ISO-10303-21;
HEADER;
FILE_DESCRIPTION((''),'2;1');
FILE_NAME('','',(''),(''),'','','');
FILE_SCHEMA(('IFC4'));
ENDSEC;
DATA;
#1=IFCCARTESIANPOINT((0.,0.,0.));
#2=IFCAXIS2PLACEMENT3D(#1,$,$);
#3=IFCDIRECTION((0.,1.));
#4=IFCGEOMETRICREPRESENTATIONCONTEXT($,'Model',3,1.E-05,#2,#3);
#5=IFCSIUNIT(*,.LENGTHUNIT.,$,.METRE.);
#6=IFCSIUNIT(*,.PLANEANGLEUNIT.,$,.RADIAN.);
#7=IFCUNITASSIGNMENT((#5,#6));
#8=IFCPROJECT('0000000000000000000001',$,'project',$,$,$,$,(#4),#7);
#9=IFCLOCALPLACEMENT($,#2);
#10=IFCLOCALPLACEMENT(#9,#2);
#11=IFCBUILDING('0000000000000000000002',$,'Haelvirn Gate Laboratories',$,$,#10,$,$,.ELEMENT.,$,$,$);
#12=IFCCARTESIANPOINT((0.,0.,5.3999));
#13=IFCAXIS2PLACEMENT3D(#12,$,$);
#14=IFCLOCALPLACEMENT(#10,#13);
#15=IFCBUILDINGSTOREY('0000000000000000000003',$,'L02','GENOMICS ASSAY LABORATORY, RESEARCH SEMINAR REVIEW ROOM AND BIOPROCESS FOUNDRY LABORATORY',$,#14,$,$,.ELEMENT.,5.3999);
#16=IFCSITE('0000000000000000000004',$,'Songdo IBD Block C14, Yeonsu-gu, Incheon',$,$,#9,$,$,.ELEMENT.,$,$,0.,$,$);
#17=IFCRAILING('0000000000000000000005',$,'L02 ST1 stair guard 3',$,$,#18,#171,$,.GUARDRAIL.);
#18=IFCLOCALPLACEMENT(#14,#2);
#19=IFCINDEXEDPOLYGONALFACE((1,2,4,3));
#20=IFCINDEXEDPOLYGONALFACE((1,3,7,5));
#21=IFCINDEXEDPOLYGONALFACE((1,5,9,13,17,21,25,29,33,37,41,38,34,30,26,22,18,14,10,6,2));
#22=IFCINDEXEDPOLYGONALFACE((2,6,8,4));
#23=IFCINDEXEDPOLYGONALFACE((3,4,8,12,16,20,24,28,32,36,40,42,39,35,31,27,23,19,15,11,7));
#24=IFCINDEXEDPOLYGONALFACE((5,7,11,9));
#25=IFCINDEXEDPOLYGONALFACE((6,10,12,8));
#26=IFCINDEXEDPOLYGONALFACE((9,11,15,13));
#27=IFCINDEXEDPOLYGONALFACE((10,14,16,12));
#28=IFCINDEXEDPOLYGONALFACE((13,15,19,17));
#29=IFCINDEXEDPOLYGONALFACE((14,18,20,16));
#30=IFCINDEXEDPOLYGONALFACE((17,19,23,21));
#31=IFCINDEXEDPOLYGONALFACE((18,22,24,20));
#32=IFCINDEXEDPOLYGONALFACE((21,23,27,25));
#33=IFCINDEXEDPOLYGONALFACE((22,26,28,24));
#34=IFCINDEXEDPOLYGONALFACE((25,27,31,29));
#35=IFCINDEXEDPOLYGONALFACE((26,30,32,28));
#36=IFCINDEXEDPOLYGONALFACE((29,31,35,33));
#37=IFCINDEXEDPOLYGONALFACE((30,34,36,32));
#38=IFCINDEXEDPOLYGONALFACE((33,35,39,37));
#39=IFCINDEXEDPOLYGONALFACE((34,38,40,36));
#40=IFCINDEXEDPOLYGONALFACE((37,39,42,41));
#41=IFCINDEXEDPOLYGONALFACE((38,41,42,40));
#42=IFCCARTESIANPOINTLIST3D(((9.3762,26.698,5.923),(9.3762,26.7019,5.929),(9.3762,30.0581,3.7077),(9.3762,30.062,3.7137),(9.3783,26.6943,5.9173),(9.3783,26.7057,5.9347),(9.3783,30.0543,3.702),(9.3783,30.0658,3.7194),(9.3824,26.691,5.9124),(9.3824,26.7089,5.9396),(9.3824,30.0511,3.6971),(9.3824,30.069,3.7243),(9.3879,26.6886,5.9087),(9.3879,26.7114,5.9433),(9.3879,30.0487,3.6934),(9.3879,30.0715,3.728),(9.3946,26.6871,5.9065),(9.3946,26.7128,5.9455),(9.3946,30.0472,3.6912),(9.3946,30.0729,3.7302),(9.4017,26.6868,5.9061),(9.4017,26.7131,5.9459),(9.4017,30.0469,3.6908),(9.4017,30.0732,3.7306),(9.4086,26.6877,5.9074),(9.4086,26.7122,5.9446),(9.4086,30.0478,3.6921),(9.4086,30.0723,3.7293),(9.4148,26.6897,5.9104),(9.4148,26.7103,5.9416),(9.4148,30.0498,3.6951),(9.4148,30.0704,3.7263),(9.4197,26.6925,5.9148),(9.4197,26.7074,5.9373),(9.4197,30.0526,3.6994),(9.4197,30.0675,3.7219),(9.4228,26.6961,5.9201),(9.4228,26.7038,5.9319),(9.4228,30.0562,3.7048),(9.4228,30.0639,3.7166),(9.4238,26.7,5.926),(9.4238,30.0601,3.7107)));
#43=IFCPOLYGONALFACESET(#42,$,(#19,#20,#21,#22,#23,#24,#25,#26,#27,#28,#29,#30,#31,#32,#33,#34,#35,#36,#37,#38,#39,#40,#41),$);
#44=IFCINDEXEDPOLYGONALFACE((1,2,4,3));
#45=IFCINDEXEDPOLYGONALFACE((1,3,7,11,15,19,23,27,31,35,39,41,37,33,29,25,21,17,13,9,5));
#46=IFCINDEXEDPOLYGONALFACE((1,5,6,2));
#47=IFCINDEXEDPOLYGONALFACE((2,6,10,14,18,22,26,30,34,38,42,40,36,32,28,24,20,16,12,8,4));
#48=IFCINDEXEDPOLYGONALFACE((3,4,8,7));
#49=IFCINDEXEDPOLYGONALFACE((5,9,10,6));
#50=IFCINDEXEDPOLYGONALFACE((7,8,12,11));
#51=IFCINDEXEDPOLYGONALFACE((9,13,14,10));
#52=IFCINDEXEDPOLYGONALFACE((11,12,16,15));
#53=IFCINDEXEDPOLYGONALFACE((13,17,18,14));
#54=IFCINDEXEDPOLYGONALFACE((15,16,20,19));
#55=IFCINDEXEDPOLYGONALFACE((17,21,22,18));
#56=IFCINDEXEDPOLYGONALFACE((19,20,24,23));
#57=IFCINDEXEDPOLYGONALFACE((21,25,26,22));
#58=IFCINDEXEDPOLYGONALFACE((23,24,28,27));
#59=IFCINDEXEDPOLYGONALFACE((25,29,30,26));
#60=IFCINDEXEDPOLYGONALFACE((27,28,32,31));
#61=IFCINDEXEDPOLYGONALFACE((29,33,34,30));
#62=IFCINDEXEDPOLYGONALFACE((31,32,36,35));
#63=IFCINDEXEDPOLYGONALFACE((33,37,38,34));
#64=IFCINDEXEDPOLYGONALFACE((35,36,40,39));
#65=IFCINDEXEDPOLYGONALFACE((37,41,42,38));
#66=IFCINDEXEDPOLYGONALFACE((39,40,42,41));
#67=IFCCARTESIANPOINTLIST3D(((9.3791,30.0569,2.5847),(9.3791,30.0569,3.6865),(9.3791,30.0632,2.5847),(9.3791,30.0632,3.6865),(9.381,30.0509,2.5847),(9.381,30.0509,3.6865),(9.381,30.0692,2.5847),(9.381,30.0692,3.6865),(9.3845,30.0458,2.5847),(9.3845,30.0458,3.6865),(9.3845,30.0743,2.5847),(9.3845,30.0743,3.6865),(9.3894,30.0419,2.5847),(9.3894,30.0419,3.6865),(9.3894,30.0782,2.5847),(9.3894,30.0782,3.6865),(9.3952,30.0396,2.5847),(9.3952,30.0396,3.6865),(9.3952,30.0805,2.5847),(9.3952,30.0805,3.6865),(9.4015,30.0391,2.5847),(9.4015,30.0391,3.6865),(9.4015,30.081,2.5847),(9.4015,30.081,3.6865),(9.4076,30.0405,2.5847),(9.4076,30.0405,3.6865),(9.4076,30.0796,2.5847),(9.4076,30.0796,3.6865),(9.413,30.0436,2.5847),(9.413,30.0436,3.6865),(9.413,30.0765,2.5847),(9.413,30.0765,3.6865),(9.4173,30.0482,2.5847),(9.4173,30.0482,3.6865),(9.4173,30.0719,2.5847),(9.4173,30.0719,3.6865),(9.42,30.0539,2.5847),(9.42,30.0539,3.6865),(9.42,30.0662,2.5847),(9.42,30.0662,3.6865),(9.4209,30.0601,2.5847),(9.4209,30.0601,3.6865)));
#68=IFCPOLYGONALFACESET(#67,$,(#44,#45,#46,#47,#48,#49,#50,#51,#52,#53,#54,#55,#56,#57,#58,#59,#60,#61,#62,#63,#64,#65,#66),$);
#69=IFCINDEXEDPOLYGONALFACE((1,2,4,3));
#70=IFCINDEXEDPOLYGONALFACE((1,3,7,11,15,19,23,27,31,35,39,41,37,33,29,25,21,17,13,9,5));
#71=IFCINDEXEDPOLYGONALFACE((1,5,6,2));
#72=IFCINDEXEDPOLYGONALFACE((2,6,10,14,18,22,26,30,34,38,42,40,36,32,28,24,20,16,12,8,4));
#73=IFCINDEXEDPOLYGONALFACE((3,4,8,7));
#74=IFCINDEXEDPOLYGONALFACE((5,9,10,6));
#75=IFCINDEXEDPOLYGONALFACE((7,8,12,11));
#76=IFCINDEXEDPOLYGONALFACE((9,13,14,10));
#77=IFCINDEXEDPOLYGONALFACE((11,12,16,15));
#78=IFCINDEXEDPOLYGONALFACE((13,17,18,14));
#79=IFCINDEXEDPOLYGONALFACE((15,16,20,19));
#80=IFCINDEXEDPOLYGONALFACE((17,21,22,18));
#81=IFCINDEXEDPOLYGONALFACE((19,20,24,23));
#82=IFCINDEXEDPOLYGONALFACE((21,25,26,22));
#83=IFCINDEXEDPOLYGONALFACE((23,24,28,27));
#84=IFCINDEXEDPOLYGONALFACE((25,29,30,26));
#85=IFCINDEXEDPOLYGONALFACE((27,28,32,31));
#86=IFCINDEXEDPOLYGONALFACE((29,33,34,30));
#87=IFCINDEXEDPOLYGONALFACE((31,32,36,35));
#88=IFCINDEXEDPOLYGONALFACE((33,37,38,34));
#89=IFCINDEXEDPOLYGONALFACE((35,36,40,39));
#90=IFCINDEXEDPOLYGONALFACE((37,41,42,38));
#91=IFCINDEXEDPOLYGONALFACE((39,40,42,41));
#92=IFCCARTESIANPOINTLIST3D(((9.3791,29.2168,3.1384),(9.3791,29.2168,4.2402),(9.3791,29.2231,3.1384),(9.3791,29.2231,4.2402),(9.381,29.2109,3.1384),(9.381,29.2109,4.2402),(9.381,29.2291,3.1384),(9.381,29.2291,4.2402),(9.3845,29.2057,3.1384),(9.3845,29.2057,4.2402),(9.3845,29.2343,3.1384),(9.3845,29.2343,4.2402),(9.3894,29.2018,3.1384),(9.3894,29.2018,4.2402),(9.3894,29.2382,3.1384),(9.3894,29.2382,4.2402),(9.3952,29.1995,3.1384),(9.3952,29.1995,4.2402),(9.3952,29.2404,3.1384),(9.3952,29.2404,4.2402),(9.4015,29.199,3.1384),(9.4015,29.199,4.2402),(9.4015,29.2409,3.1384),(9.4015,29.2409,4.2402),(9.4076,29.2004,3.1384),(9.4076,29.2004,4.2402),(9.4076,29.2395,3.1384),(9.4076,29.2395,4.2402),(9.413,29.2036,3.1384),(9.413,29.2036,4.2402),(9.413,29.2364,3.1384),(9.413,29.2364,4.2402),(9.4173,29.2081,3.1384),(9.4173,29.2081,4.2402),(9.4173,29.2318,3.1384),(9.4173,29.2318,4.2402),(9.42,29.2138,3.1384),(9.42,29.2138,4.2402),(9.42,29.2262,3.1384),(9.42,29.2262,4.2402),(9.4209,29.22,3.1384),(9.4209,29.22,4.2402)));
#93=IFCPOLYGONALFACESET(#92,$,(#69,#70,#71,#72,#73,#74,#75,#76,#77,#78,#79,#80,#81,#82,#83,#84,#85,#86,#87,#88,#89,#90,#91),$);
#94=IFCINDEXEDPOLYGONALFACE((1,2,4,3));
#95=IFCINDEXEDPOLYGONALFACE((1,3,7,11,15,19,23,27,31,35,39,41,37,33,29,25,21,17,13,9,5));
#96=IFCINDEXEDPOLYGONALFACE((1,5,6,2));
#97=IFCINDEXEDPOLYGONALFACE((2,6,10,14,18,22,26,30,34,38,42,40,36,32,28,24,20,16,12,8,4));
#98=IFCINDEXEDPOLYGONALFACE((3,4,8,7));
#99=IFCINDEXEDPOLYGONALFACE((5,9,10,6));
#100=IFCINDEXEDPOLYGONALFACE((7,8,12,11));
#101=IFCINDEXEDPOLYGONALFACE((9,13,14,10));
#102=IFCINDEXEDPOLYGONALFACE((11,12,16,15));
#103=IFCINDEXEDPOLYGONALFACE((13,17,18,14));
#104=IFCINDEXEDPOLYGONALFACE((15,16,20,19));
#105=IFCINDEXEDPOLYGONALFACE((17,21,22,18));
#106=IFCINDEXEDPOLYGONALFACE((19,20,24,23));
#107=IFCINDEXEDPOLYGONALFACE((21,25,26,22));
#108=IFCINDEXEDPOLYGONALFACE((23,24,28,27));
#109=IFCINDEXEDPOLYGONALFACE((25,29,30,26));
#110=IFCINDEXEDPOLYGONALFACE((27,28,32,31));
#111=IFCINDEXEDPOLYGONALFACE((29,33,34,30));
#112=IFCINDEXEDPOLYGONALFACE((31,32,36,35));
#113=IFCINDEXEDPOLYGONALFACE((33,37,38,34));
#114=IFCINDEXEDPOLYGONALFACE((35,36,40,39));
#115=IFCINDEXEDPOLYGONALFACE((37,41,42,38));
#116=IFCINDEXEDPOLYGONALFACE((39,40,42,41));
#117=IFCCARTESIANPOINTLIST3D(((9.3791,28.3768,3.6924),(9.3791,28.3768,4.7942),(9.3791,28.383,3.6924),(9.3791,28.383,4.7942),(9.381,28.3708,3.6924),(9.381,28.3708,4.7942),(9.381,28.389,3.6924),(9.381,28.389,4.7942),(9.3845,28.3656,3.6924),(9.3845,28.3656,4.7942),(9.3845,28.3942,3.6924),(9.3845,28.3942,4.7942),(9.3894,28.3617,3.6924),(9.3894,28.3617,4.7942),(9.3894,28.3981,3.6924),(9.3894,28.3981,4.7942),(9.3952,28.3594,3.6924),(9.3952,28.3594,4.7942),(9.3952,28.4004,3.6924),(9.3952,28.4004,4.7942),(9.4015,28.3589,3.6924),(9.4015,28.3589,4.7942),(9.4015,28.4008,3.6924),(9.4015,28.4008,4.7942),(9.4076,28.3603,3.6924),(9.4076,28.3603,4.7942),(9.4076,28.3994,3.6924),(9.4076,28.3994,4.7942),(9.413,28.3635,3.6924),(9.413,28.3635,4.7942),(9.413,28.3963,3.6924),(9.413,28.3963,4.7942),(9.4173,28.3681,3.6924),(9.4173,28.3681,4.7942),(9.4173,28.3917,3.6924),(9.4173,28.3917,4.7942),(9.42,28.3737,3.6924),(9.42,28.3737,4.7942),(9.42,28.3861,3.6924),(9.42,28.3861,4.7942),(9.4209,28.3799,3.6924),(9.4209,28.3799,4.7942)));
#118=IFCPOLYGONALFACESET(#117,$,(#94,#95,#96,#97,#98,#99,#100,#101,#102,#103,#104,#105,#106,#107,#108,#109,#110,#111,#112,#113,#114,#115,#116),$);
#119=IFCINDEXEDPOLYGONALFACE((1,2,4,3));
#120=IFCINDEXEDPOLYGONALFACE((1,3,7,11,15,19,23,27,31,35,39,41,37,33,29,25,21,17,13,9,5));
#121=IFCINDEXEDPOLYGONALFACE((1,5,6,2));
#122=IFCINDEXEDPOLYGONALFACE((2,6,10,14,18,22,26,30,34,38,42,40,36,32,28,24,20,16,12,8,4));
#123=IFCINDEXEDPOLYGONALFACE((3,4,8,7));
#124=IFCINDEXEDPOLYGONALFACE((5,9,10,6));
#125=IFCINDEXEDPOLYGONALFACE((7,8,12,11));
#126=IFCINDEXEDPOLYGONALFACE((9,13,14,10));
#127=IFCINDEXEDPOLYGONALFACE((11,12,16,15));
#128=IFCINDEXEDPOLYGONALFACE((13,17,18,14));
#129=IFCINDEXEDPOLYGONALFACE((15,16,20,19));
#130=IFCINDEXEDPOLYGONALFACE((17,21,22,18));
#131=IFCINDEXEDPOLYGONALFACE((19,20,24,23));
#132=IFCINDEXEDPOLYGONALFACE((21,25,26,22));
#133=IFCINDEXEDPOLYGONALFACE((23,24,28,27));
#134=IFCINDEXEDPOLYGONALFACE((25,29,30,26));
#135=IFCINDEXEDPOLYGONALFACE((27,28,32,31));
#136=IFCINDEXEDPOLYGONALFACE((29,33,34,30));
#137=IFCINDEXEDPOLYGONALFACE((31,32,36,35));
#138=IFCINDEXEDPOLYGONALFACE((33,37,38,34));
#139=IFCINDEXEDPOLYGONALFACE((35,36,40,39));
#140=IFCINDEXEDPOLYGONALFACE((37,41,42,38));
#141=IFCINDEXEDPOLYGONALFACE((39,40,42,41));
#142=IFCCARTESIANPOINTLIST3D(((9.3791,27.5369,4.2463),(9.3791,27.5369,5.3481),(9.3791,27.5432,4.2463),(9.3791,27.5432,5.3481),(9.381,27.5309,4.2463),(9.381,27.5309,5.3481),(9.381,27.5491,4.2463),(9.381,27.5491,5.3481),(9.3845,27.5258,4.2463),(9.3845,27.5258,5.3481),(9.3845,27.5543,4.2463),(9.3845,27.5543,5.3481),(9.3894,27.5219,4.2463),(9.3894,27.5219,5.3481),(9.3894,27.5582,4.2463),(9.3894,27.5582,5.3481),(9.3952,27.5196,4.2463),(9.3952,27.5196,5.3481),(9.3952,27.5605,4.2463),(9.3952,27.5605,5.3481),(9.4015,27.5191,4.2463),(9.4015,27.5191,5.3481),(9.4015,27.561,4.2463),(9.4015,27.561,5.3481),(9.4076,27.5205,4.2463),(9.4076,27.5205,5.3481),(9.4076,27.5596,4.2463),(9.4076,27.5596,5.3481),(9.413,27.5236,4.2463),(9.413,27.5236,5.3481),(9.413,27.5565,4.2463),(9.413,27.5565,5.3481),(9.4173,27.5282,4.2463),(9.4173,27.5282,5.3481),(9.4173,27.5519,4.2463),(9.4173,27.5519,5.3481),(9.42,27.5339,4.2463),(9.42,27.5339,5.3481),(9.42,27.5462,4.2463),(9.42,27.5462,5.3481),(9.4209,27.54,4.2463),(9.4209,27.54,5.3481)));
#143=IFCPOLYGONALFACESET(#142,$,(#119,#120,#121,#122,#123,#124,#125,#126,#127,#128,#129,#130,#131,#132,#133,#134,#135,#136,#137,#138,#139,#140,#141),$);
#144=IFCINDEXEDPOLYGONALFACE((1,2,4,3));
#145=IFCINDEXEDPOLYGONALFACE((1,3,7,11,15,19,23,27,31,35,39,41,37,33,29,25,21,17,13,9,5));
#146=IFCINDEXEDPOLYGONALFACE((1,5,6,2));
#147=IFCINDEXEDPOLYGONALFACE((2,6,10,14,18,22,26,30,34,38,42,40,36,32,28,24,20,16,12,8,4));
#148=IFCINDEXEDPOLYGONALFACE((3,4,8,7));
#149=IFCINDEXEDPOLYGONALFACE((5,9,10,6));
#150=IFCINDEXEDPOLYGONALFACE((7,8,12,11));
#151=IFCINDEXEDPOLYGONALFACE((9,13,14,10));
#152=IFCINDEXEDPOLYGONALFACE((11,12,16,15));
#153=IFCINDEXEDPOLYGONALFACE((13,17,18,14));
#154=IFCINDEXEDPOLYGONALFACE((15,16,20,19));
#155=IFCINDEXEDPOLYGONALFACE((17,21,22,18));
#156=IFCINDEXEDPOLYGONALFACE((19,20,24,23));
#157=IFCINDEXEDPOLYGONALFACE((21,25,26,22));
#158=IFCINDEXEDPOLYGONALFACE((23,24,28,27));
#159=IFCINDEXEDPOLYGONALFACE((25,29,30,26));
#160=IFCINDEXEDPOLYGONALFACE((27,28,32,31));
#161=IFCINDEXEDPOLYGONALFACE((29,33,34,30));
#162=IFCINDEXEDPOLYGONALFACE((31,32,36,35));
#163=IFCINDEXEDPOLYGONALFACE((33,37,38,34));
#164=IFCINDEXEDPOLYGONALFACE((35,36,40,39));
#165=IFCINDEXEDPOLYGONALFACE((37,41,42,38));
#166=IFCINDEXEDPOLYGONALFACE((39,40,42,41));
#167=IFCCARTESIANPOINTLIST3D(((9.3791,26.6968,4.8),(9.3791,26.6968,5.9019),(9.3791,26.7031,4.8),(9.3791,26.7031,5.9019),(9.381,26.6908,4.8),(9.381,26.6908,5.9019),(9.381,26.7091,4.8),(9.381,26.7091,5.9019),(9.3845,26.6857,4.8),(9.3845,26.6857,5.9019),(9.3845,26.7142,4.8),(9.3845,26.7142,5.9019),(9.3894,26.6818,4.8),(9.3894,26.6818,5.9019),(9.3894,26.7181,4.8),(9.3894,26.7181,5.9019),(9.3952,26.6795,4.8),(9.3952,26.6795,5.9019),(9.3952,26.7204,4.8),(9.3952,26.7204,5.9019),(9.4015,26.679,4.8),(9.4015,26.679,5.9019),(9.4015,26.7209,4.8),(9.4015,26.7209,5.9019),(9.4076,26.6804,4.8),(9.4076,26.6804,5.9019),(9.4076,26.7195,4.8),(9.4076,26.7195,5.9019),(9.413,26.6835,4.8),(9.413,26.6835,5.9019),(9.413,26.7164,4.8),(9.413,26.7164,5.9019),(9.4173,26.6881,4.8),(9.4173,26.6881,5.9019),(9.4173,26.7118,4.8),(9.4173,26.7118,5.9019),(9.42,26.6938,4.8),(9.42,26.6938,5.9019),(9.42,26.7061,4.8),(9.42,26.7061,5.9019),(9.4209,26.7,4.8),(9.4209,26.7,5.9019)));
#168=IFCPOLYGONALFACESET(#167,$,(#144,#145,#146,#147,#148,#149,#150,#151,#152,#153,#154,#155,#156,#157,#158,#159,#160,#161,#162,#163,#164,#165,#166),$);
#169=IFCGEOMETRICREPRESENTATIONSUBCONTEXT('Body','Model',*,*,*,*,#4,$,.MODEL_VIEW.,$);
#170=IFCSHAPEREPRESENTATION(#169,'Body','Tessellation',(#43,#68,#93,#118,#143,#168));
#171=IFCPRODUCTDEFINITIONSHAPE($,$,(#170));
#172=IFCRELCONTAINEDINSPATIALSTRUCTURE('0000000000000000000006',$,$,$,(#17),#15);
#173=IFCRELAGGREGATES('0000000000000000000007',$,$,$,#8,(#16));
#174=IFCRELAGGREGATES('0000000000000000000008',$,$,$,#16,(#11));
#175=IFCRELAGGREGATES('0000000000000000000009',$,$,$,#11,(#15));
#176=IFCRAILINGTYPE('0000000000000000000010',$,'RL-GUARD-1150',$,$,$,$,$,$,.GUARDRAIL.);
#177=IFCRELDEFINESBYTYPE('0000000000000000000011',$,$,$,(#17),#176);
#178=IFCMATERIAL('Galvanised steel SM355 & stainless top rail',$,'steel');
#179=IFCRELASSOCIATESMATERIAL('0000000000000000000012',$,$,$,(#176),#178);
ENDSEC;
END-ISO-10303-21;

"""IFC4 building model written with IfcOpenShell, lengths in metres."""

from ifc_helpers import new_model, si_unit, direction, frame, origin, origin_2d, place, context, subcontext, project, spatial, circle, extrude, source, transform, mapped, material, type_object, element, save


model = new_model("IFC4")

# Units and contexts
model_context = context("Model", 3, precision=1e-05, world=origin(), true_north=direction((0.0, 1.0)))
body_context = subcontext(model_context, "Body", "Model", "MODEL_VIEW")
ifc_project = project(units=[si_unit("LENGTHUNIT", "METRE"), si_unit("PLANEANGLEUNIT", "RADIAN")], contexts=[model_context])

# Site, building, storey
site_placement = place(None, origin())
site = spatial("IfcSite", under=ifc_project, at=site_placement, Name="Songdo IBD Block C14, Yeonsu-gu, Incheon", CompositionType="ELEMENT", RefElevation=0.0)
building_placement = place(site_placement, origin())
building = spatial("IfcBuilding", under=site, at=building_placement, Name="Haelvirn Gate Laboratories", CompositionType="ELEMENT")
storey_placement = place(building_placement, frame((0.0, 0.0, 5.3999)))
storey = spatial("IfcBuildingStorey", under=building, at=storey_placement, Name="L02", Description="GENOMICS ASSAY LABORATORY, RESEARCH SEMINAR REVIEW ROOM AND BIOPROCESS FOUNDRY LABORATORY", CompositionType="ELEMENT", Elevation=5.3999)

# Railing
ifc_material_1 = material(Name="Galvanised steel SM355 & stainless top rail", Category="steel")
railing_type_1 = type_object("IfcRailingType", Name="RL-GUARD-1150", PredefinedType="GUARDRAIL", material=ifc_material_1)
shared_shape_1 = source(origin(), body_context, "Body", "SweptSolid", [
    extrude(circle(Radius=0.0239, at=origin_2d()), frame((0.0, 0.0, 1.126), z_axis=(0.0, -0.834876, 0.550437), x_axis=(1.0, 0.0, 0.0)), (0.0, 0.0, 1.0), 4.0247),
    extrude(circle(Radius=0.021, at=origin_2d()), origin(), (0.0, 0.0, 1.0), 1.1018),
    extrude(circle(Radius=0.021, at=origin_2d()), frame((0.0, -0.8401, 0.5537)), (0.0, 0.0, 1.0), 1.1018),
    extrude(circle(Radius=0.021, at=origin_2d()), frame((0.0, -1.6802, 1.1077)), (0.0, 0.0, 1.0), 1.1018),
    extrude(circle(Radius=0.021, at=origin_2d()), frame((0.0, -2.52, 1.6616)), (0.0, 0.0, 1.0), 1.1018),
    extrude(circle(Radius=0.021, at=origin_2d()), frame((0.0, -3.3601, 2.2153)), (0.0, 0.0, 1.0), 1.1018),
])
railing_1_placement = place(storey_placement, frame((9.3999, 30.0601, 2.5847)))
element("IfcRailing", 1, at=railing_1_placement, inside=storey, type_object=railing_type_1, Name="L02 ST1 stair guard 3", PredefinedType="GUARDRAIL", context=body_context, shape_type="MappedRepresentation", body=[
    mapped(shared_shape_1, transform((0.0, 0.0, 0.0), scale=1.0)),
])

save(model, "model.ifc")
